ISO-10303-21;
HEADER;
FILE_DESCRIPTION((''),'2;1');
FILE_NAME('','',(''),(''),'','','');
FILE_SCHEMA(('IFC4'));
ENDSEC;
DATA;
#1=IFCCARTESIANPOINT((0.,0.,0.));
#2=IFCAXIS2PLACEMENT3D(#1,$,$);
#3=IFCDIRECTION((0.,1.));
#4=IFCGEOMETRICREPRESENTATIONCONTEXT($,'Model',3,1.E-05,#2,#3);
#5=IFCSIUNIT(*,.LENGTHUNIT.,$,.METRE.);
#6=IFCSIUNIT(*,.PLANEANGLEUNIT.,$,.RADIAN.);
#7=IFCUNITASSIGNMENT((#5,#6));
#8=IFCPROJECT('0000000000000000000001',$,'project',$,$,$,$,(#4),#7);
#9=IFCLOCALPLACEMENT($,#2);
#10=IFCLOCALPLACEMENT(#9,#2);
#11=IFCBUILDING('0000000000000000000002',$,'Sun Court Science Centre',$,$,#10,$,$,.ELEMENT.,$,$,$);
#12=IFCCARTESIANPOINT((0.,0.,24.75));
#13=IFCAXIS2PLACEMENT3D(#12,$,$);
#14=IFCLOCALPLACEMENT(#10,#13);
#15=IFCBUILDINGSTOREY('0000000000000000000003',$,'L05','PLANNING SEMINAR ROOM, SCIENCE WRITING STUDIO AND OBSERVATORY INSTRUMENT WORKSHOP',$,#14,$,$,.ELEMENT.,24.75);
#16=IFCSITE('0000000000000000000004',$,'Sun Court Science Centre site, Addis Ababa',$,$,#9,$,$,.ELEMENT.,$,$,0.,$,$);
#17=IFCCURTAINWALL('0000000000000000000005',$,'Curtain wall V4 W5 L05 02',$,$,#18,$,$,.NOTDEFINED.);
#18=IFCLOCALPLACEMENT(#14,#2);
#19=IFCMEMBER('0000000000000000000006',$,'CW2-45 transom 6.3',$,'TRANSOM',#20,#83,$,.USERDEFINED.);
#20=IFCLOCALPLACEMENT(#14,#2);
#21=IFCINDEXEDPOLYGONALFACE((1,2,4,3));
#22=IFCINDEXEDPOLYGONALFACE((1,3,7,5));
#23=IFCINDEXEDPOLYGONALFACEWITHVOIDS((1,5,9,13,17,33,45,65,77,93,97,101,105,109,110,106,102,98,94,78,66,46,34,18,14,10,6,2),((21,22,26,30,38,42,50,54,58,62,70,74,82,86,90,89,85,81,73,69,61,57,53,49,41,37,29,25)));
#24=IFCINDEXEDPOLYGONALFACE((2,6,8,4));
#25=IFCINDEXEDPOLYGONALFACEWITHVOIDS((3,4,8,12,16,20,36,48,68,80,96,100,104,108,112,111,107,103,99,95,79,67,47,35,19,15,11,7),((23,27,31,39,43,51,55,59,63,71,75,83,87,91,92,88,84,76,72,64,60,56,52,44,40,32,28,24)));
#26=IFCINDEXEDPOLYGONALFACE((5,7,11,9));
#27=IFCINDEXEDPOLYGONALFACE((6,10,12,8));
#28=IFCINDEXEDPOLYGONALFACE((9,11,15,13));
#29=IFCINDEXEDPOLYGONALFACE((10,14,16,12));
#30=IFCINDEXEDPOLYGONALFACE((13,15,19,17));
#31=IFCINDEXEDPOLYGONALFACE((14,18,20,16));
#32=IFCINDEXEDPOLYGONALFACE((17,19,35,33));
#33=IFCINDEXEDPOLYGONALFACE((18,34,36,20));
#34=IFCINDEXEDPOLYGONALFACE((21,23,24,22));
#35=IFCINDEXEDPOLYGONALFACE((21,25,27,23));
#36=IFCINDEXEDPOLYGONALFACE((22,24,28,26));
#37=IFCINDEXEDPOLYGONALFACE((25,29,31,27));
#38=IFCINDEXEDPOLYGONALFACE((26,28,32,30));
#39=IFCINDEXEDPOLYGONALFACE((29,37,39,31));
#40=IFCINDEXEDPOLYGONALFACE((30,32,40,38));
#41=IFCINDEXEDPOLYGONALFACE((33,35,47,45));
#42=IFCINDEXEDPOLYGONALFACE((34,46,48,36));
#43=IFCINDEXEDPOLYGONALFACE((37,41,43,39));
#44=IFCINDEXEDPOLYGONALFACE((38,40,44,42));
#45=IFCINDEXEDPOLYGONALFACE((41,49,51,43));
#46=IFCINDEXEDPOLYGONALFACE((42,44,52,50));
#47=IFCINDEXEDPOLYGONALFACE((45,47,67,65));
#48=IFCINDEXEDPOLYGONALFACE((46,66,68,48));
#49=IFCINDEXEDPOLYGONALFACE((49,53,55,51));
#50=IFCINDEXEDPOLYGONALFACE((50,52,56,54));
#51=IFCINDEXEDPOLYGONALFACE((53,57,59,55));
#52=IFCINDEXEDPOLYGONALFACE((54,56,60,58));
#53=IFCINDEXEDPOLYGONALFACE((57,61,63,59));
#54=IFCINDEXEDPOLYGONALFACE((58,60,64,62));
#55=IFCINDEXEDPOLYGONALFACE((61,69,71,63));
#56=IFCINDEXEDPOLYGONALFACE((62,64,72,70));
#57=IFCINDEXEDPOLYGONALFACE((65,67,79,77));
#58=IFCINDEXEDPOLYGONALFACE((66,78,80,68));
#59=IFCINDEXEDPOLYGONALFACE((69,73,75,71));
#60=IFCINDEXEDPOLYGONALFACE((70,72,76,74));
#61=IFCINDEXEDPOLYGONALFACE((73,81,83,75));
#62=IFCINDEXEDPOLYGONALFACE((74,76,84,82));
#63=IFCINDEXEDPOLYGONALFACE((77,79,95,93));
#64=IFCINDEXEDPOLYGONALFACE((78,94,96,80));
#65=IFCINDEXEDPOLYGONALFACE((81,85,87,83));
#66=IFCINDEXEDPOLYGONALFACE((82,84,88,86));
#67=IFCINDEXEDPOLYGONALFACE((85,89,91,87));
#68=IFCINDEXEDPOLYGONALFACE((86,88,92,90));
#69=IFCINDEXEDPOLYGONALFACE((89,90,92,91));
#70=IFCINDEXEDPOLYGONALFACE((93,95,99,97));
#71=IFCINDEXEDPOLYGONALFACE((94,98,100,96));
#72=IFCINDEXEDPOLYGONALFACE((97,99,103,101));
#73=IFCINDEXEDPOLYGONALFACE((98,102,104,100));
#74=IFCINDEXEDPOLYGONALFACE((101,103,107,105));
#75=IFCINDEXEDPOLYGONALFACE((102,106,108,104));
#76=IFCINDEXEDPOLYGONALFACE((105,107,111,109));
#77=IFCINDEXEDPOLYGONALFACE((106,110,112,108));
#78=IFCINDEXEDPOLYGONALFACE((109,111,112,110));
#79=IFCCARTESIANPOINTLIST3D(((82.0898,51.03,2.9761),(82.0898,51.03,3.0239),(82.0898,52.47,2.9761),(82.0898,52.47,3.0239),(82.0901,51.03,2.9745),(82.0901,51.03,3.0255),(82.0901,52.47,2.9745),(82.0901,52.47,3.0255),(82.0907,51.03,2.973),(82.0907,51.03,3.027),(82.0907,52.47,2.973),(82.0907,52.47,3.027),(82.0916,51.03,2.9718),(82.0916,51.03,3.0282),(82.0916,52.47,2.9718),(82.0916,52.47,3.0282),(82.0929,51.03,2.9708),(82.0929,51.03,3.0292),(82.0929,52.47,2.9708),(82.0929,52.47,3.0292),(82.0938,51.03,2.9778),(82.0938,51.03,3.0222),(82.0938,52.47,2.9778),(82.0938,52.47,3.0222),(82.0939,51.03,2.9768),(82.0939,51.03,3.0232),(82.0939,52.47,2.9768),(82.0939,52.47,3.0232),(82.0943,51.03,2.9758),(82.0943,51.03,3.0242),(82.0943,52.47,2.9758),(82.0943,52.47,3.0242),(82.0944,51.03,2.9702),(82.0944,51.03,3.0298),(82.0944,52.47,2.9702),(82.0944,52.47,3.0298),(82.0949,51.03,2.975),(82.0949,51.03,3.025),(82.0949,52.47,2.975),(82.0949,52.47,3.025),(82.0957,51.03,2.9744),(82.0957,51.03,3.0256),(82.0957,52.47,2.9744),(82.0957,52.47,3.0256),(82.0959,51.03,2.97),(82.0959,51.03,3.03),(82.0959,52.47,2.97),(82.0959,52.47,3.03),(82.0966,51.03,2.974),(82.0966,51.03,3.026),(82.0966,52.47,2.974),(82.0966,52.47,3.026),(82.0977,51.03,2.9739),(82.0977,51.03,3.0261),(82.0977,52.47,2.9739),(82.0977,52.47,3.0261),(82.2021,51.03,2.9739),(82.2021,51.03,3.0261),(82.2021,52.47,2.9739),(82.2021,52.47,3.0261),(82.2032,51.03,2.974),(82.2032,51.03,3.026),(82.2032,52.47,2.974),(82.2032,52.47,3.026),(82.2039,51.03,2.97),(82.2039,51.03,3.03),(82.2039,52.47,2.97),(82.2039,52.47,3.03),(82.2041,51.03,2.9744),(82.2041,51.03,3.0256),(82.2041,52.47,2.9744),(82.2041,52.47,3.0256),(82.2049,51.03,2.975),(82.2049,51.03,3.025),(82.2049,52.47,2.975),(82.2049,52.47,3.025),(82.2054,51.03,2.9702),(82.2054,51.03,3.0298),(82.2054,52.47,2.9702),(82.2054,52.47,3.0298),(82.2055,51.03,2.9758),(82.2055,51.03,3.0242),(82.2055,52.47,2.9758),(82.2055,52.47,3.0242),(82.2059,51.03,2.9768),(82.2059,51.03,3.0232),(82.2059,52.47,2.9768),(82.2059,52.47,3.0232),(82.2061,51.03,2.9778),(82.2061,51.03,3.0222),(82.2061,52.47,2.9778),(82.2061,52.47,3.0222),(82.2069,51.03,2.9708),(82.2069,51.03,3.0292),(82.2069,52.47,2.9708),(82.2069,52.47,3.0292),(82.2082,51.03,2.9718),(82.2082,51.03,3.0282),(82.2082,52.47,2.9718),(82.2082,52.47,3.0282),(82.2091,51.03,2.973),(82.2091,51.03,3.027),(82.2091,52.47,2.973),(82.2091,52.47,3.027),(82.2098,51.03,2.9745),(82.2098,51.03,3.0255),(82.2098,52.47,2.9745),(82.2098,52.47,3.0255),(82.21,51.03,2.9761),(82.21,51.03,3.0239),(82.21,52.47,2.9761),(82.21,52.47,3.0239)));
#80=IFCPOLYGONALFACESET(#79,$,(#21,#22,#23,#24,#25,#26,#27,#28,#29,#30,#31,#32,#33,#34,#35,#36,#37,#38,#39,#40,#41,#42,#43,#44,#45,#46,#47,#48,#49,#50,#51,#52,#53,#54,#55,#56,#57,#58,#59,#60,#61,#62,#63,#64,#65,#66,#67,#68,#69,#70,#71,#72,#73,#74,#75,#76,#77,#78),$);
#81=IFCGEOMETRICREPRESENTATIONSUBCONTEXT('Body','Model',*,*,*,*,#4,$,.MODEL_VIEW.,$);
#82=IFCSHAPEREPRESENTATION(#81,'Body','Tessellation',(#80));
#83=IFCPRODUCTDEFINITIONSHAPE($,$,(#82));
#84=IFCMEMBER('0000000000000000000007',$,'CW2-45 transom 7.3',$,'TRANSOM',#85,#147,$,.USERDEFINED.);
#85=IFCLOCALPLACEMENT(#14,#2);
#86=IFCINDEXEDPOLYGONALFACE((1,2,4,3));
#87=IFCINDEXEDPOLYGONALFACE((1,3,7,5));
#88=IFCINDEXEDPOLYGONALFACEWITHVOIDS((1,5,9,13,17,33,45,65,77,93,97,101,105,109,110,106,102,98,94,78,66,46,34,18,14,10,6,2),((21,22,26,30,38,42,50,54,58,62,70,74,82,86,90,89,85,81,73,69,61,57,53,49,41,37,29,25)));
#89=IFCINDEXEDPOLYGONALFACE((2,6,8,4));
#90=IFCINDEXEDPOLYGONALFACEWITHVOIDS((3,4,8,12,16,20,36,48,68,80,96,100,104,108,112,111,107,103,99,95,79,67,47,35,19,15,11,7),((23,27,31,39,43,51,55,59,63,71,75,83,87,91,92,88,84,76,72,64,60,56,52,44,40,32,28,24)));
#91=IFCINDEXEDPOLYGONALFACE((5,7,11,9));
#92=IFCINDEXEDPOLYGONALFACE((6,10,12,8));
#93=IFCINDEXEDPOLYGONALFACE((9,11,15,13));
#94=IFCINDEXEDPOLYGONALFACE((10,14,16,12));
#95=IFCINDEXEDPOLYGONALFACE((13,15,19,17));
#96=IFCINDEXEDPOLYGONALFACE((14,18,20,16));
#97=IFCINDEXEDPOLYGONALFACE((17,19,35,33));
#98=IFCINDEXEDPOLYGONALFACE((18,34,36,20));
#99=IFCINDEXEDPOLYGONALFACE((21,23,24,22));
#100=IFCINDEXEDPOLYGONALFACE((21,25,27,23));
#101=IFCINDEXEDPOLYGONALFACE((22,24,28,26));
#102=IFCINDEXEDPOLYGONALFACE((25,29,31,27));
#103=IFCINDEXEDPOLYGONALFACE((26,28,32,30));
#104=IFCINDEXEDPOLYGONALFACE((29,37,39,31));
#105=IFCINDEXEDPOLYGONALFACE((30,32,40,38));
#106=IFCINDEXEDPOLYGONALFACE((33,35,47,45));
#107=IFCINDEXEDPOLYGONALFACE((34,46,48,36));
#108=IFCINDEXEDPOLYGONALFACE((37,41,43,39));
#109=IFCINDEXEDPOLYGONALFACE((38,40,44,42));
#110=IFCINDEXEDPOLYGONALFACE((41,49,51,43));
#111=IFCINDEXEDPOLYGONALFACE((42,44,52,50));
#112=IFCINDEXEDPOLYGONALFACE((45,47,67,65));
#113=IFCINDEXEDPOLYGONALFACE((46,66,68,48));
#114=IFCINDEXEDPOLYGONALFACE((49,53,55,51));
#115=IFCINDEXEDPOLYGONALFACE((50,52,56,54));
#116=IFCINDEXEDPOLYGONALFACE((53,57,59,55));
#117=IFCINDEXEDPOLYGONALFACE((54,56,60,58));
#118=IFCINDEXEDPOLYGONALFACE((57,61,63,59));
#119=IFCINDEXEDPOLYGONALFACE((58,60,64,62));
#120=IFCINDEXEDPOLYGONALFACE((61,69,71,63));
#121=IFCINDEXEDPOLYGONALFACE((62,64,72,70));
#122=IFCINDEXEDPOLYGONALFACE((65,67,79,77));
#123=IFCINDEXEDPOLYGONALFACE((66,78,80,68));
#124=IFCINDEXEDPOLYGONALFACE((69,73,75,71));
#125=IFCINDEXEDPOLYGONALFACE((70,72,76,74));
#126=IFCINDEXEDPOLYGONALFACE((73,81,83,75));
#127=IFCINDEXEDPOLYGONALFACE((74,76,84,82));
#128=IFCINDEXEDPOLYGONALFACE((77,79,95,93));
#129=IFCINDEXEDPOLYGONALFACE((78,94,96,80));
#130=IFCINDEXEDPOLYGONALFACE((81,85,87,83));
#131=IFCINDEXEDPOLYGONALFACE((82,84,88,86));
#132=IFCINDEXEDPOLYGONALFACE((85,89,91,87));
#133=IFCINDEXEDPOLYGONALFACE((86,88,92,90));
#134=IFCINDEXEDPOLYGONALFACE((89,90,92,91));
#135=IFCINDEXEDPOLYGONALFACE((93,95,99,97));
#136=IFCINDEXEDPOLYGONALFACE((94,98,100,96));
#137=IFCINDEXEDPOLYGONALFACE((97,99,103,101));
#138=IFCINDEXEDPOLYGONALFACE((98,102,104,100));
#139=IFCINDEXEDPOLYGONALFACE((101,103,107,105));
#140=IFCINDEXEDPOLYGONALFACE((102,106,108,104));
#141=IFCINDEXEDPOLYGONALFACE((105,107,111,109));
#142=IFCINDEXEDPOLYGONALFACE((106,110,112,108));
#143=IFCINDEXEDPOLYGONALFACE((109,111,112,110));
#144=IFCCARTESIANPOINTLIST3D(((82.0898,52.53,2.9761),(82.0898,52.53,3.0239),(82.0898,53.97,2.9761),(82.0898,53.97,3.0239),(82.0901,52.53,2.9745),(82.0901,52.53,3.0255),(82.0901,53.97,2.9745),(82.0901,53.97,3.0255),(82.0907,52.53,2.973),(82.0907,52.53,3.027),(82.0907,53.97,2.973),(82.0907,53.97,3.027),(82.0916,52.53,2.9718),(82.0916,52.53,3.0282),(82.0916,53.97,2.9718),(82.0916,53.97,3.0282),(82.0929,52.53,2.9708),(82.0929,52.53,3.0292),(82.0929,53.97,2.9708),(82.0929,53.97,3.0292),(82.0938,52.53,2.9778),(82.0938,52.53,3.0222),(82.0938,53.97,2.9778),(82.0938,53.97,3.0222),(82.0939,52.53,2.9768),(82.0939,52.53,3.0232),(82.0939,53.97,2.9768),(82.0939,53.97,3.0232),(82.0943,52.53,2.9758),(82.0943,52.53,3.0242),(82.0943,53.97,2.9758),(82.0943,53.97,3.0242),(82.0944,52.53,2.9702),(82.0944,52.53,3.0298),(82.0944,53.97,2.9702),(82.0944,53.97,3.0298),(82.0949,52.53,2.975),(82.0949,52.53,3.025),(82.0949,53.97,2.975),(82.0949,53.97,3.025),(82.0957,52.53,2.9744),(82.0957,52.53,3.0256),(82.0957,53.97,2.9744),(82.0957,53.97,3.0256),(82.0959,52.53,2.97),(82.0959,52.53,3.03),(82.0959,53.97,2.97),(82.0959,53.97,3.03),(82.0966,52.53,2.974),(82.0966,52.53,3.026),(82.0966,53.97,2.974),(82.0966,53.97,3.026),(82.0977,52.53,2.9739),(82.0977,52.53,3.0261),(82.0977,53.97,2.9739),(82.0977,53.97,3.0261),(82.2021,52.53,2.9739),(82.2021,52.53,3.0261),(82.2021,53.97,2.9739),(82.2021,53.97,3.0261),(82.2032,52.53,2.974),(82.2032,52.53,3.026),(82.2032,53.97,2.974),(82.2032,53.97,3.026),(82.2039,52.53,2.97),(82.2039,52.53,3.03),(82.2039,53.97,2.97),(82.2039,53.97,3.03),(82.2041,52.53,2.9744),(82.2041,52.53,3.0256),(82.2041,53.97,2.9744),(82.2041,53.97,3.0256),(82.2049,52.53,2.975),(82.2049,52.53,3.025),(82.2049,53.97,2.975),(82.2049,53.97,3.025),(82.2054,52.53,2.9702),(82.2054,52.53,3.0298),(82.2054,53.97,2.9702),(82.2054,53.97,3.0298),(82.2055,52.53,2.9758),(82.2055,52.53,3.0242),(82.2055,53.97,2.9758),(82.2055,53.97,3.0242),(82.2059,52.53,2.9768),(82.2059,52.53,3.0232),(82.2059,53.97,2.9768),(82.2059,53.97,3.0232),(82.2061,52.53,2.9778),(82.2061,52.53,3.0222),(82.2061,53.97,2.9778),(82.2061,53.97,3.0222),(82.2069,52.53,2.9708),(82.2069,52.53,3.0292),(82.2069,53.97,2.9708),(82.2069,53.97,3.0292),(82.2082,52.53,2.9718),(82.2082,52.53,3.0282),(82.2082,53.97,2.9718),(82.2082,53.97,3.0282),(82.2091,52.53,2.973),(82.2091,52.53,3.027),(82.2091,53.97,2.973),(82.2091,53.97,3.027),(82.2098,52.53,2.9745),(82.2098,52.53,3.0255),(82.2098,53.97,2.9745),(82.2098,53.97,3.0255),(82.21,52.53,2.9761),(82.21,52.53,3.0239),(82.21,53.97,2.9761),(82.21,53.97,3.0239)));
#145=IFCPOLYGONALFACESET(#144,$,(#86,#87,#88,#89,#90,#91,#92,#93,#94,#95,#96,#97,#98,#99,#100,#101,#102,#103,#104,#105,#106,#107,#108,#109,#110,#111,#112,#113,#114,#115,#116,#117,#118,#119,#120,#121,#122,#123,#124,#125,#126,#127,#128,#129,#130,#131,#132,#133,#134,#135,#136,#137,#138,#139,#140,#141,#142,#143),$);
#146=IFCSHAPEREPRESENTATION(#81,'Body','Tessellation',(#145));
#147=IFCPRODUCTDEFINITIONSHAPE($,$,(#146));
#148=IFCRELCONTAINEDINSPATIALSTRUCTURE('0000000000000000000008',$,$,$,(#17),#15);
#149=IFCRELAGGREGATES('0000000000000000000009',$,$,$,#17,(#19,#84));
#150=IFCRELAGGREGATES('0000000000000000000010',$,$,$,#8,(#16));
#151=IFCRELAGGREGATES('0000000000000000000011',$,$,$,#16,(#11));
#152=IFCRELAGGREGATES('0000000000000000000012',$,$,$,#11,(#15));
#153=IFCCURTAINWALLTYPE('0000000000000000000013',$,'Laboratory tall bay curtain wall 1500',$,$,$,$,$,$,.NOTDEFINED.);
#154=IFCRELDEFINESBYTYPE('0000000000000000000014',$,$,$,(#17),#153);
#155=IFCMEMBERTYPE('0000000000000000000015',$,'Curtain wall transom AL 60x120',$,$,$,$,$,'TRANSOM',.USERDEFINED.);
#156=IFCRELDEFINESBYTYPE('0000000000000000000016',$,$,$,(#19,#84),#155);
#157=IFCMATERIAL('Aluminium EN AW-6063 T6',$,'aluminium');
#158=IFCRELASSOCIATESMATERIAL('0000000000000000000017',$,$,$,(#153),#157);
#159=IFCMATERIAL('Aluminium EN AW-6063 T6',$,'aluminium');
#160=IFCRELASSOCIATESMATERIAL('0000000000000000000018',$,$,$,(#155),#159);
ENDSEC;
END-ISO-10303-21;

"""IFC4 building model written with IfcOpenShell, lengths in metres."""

from ifc_helpers import new_model, si_unit, direction, frame, origin, origin_2d, place, context, subcontext, project, spatial, hollow_rectangle, extrude, material, material_profile, profile_set, type_object, element, aggregate, save


model = new_model("IFC4")

# Units and contexts
model_context = context("Model", 3, precision=1e-05, world=origin(), true_north=direction((0.0, 1.0)))
body_context = subcontext(model_context, "Body", "Model", "MODEL_VIEW")
ifc_project = project(units=[si_unit("LENGTHUNIT", "METRE"), si_unit("PLANEANGLEUNIT", "RADIAN")], contexts=[model_context])

# Site, building, storey
site_placement = place(None, origin())
site = spatial("IfcSite", under=ifc_project, at=site_placement, Name="Sun Court Science Centre site, Addis Ababa", CompositionType="ELEMENT", RefElevation=0.0)
building_placement = place(site_placement, origin())
building = spatial("IfcBuilding", under=site, at=building_placement, Name="Sun Court Science Centre", CompositionType="ELEMENT")
storey_placement = place(building_placement, frame((0.0, 0.0, 24.75)))
storey = spatial("IfcBuildingStorey", under=building, at=storey_placement, Name="L05", Description="PLANNING SEMINAR ROOM, SCIENCE WRITING STUDIO AND OBSERVATORY INSTRUMENT WORKSHOP", CompositionType="ELEMENT", Elevation=24.75)

# Curtain wall, members
ifc_material_1 = material(Name="Aluminium EN AW-6063 T6", Category="aluminium")
curtain_wall_type = type_object("IfcCurtainWallType", Name="Laboratory tall bay curtain wall 1500", PredefinedType="NOTDEFINED", material=ifc_material_1)
curtain_wall_placement = place(storey_placement, origin())
curtain_wall = element("IfcCurtainWall", 1, at=curtain_wall_placement, inside=storey, type_object=curtain_wall_type, Name="Curtain wall V4 W5 L05 02", PredefinedType="NOTDEFINED")
ifc_material_2 = material(Name="Aluminium EN AW-6063 T6", Category="aluminium")
ifc_material_profile_1 = material_profile(ifc_material_2, hollow_rectangle(XDim=0.0601, YDim=0.1201, WallThickness=0.0039, InnerFilletRadius=0.0039, OuterFilletRadius=0.0061, at=origin_2d()), Name="AL 60x120x4")
ifc_profile_set_1 = profile_set([ifc_material_profile_1], Name="Aluminium EN AW-6063 T6")
member_type_1 = type_object("IfcMemberType", Name="Curtain wall transom AL 60x120", ElementType="TRANSOM", PredefinedType="USERDEFINED", material=ifc_profile_set_1)
member_1_placement = place(storey_placement, frame((82.1499, 51.03, 3.0), z_axis=(0.0, 1.0, 0.0), x_axis=(0.0, 0.0, 1.0)))
member_1 = element("IfcMember", 2, at=member_1_placement, type_object=member_type_1, Name="CW2-45 transom 6.3", ObjectType="TRANSOM", PredefinedType="USERDEFINED", context=body_context, shape_type="SweptSolid", body=[
    extrude(hollow_rectangle(XDim=0.0601, YDim=0.1201, WallThickness=0.0039, InnerFilletRadius=0.0039, OuterFilletRadius=0.0061, at=origin_2d()), origin(), (0.0, 0.0, 1.0), 1.4399),
])
member_2_placement = place(storey_placement, frame((82.1499, 52.53, 3.0), z_axis=(0.0, 1.0, 0.0), x_axis=(0.0, 0.0, 1.0)))
member_2 = element("IfcMember", 3, at=member_2_placement, type_object=member_type_1, Name="CW2-45 transom 7.3", ObjectType="TRANSOM", PredefinedType="USERDEFINED", context=body_context, shape_type="SweptSolid", body=[
    extrude(hollow_rectangle(XDim=0.0601, YDim=0.1201, WallThickness=0.0039, InnerFilletRadius=0.0039, OuterFilletRadius=0.0061, at=origin_2d()), origin(), (0.0, 0.0, 1.0), 1.4399),
])

aggregate(curtain_wall, [member_1, member_2])

save(model, "model.ifc")
